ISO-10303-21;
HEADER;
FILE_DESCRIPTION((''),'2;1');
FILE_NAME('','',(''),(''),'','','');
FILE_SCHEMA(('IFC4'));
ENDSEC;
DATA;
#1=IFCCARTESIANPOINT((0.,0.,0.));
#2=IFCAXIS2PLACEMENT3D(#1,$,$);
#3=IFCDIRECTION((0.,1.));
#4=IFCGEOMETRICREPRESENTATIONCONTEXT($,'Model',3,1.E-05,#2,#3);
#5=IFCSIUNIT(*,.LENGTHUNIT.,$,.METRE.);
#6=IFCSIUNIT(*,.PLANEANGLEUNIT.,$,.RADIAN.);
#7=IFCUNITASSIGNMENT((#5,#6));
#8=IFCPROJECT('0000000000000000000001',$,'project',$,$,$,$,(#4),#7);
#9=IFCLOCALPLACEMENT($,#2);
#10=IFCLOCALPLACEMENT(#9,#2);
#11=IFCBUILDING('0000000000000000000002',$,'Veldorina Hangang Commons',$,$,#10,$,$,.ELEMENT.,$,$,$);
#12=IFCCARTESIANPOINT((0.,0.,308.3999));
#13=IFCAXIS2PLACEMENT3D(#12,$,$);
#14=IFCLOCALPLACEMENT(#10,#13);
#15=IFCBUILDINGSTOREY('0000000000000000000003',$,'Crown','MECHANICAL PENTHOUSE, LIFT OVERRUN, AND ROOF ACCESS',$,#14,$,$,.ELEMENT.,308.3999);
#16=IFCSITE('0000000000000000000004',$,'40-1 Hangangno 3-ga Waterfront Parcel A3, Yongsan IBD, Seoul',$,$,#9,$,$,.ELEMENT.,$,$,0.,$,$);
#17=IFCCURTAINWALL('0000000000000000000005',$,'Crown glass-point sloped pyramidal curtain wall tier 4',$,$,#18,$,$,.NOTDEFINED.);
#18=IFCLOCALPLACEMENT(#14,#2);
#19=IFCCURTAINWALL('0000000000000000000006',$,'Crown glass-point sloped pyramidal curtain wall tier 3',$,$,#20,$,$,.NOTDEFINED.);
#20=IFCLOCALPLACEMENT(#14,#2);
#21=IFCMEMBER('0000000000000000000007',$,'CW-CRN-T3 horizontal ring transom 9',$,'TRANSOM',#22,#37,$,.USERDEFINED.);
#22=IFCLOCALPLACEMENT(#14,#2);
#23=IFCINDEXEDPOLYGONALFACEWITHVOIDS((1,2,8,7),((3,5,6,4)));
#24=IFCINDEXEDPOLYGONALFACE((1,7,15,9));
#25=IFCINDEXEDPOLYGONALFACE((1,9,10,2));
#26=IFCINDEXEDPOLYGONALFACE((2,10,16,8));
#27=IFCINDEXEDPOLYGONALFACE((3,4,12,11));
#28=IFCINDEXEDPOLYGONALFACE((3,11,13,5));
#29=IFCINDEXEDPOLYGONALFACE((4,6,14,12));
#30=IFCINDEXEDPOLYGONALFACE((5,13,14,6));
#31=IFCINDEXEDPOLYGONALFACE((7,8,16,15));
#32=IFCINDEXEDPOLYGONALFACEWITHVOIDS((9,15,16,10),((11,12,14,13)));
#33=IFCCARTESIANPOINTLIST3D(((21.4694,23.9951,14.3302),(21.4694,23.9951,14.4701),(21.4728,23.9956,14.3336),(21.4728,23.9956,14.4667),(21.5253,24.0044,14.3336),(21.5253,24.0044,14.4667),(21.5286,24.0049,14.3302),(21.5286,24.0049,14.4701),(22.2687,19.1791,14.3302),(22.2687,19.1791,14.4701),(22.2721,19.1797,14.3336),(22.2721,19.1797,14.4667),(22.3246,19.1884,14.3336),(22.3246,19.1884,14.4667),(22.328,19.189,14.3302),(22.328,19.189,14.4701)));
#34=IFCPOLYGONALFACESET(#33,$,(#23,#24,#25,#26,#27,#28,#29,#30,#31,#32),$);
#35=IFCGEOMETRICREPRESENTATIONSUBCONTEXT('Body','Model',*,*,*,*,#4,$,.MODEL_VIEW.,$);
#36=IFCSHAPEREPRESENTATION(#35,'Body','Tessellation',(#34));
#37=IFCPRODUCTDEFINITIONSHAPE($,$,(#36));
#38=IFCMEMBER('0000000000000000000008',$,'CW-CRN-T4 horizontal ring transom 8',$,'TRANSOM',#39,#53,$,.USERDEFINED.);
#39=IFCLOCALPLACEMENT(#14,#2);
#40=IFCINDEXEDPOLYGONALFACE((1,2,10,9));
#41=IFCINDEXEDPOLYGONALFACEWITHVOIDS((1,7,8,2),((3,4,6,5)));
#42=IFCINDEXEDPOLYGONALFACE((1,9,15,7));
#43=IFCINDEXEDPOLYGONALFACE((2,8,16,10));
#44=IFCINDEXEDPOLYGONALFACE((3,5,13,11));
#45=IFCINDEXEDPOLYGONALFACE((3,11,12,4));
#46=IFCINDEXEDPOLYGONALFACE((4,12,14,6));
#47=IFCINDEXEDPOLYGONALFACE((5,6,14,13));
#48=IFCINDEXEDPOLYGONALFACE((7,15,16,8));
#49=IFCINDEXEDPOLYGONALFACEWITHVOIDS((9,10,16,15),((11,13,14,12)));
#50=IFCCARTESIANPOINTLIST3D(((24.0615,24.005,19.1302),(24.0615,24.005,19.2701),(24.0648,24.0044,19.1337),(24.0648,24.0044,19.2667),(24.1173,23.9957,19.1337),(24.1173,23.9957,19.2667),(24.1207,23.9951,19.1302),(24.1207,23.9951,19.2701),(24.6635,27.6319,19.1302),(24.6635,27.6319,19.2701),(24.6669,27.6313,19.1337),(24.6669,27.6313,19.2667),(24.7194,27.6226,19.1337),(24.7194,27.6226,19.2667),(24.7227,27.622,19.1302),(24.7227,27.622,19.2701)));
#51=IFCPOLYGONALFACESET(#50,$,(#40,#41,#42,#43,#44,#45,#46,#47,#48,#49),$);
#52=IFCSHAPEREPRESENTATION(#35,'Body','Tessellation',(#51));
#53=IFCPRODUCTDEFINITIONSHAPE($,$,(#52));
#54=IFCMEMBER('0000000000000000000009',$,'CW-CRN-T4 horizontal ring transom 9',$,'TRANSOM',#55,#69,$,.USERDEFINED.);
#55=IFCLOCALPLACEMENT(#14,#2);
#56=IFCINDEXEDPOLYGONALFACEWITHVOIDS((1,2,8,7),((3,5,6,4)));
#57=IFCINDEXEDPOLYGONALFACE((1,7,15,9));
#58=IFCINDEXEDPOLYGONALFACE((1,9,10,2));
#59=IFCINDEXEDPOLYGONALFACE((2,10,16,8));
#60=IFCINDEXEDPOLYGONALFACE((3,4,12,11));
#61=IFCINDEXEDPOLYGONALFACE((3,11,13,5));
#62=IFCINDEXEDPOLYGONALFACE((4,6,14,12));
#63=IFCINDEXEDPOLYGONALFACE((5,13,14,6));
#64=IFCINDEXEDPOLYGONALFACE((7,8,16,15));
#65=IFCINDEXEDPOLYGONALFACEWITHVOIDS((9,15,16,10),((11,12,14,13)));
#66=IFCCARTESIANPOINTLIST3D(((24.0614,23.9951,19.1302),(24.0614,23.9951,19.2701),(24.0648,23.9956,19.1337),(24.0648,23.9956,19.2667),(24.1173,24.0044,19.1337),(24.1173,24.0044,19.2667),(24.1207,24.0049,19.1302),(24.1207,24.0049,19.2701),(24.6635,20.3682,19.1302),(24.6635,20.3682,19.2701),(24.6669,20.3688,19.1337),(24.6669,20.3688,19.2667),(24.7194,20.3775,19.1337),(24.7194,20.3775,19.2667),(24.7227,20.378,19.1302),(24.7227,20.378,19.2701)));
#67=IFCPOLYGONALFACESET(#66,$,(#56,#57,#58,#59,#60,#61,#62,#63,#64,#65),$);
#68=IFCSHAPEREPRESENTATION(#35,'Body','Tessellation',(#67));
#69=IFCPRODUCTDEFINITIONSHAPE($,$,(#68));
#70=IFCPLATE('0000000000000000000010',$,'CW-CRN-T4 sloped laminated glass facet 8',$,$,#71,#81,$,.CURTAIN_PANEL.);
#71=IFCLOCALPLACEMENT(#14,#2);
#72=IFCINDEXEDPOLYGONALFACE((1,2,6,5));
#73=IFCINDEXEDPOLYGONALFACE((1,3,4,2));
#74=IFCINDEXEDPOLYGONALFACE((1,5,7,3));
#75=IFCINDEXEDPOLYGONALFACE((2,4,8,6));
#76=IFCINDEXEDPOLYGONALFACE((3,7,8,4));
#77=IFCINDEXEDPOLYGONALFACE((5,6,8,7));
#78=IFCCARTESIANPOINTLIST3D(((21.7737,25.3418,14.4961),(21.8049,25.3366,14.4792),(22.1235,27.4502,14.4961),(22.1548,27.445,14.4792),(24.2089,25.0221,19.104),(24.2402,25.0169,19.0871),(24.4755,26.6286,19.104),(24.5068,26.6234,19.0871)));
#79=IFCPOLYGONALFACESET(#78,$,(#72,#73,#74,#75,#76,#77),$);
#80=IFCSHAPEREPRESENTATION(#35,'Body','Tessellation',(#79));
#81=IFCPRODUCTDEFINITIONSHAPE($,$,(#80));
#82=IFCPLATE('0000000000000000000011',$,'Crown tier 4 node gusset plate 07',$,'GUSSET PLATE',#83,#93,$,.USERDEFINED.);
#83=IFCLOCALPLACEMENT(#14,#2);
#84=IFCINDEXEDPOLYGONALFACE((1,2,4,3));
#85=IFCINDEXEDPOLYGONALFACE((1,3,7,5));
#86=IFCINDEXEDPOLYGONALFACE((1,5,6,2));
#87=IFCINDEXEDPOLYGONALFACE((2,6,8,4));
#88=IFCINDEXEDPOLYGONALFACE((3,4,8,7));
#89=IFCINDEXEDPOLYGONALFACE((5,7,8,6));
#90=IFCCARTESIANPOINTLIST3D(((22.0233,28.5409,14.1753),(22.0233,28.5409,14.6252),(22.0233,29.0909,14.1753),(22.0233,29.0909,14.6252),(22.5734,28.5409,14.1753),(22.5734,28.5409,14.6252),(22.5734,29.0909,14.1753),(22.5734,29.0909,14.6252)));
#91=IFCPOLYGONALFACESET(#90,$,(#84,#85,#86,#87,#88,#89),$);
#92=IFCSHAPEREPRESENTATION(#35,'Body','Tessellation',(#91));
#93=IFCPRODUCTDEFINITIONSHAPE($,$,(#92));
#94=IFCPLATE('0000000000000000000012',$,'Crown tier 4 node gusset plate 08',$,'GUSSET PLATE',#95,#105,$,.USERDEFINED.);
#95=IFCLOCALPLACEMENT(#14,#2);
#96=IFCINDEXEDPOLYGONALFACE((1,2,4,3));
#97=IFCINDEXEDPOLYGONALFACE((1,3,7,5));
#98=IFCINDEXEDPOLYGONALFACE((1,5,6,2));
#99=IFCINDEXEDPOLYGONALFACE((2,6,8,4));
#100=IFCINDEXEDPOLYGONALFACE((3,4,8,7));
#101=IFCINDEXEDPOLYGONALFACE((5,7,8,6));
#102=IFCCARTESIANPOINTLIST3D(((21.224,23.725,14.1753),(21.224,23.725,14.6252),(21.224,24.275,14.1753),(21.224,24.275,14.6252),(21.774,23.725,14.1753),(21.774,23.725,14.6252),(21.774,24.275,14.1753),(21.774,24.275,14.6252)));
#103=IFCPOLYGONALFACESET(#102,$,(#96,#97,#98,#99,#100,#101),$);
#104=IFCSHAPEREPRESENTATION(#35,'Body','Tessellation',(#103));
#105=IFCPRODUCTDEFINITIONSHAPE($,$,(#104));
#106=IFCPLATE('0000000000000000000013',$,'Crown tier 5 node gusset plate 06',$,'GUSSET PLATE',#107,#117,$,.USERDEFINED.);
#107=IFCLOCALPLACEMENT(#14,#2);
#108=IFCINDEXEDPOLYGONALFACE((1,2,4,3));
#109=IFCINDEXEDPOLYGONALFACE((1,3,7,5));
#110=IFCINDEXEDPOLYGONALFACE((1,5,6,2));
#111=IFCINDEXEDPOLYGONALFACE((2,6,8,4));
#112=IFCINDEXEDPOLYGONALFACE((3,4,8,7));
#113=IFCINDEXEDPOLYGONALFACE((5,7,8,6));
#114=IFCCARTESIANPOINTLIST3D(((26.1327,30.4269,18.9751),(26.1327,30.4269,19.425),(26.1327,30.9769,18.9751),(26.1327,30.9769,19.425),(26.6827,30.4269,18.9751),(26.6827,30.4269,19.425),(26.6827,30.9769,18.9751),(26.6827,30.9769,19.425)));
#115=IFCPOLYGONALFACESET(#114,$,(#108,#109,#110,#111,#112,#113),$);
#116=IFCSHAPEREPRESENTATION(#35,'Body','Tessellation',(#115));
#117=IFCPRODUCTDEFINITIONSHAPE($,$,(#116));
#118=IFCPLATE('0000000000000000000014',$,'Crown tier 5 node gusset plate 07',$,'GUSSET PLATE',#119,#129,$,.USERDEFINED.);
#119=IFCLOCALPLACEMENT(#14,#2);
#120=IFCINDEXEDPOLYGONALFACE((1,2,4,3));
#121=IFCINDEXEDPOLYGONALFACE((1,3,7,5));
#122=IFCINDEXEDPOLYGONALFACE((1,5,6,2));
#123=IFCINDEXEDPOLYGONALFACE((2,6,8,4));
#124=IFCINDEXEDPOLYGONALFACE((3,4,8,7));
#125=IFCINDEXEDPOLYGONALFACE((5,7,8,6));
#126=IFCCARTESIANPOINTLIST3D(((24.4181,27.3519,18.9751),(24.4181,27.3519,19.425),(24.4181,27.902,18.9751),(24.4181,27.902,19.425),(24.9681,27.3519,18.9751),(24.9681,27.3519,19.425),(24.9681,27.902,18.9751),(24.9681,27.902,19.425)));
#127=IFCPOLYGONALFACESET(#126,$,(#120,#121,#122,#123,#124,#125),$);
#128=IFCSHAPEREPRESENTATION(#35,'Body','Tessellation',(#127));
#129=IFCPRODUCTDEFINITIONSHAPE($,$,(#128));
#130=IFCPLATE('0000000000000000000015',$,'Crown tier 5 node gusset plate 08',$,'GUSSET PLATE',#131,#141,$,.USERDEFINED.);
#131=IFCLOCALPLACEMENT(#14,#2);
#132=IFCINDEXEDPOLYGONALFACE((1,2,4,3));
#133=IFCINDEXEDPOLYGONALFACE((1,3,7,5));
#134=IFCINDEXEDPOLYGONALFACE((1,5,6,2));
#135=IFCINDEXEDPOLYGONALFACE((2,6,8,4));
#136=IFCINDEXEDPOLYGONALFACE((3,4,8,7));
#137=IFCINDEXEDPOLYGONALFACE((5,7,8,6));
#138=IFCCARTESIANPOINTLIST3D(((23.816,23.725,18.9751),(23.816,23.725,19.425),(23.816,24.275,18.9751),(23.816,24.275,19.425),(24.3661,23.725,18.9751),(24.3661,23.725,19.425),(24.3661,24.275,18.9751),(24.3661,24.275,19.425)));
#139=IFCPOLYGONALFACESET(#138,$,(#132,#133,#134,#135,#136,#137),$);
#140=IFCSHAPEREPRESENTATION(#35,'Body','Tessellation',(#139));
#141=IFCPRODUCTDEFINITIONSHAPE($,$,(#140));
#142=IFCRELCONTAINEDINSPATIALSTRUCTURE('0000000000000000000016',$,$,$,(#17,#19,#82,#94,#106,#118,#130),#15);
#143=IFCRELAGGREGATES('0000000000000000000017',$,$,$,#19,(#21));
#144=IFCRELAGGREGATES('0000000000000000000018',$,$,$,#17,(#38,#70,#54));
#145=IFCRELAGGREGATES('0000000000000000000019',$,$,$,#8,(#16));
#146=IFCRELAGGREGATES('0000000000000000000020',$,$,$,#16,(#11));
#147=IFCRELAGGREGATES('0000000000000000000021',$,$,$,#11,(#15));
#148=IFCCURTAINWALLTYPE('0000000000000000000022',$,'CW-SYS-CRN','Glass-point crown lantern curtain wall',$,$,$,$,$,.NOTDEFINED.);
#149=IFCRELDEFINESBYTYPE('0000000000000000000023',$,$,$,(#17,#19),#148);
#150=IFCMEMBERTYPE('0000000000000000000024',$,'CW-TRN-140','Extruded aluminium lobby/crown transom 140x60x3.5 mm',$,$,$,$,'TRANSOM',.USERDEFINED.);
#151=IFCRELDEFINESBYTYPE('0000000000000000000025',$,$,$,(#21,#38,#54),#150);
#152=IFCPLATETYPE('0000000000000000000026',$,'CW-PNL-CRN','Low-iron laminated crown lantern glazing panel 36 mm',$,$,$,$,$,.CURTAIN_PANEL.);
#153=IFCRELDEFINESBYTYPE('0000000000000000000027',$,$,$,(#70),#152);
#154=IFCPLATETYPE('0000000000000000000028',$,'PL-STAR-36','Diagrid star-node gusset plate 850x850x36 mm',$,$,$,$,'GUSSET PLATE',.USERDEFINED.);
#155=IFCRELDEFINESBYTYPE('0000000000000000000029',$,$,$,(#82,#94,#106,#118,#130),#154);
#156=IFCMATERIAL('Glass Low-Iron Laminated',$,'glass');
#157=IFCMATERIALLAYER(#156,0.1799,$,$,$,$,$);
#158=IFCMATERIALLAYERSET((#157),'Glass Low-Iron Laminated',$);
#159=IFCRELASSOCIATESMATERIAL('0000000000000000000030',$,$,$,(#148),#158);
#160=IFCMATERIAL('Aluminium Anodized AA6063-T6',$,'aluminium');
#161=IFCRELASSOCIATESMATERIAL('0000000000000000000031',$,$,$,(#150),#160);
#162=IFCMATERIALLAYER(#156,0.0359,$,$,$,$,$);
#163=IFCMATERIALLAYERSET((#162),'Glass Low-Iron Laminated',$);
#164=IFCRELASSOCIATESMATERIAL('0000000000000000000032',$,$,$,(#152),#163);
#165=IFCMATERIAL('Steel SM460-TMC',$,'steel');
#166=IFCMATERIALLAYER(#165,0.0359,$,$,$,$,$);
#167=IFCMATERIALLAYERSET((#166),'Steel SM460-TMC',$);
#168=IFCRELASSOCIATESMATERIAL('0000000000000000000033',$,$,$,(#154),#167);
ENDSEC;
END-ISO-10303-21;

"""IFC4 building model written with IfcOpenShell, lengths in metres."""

from ifc_helpers import new_model, si_unit, direction, frame, origin, origin_2d, place, context, subcontext, project, spatial, polyline, rectangle, hollow_rectangle, outline, extrude, material, layer, layer_set, material_profile, profile_set, type_object, element, aggregate, save


model = new_model("IFC4")

# Units and contexts
model_context = context("Model", 3, precision=1e-05, world=origin(), true_north=direction((0.0, 1.0)))
body_context = subcontext(model_context, "Body", "Model", "MODEL_VIEW")
ifc_project = project(units=[si_unit("LENGTHUNIT", "METRE"), si_unit("PLANEANGLEUNIT", "RADIAN")], contexts=[model_context])

# Site, building, storey
site_placement = place(None, origin())
site = spatial("IfcSite", under=ifc_project, at=site_placement, Name="40-1 Hangangno 3-ga Waterfront Parcel A3, Yongsan IBD, Seoul", CompositionType="ELEMENT", RefElevation=0.0)
building_placement = place(site_placement, origin())
building = spatial("IfcBuilding", under=site, at=building_placement, Name="Veldorina Hangang Commons", CompositionType="ELEMENT")
storey_placement = place(building_placement, frame((0.0, 0.0, 308.3999)))
storey = spatial("IfcBuildingStorey", under=building, at=storey_placement, Name="Crown", Description="MECHANICAL PENTHOUSE, LIFT OVERRUN, AND ROOF ACCESS", CompositionType="ELEMENT", Elevation=308.3999)

# Shared definitions
ifc_material_1 = material(Name="Steel SM460-TMC", Category="steel")

# Curtain wall
ifc_material_2 = material(Name="Glass Low-Iron Laminated", Category="glass")
ifc_layer_1 = layer(ifc_material_2, 0.1799)
ifc_layer_set_1 = layer_set([ifc_layer_1], Name="Glass Low-Iron Laminated")
curtain_wall_type = type_object("IfcCurtainWallType", Name="CW-SYS-CRN", Description="Glass-point crown lantern curtain wall", PredefinedType="NOTDEFINED", material=ifc_layer_set_1)
curtain_wall_1_placement = place(storey_placement, origin())
curtain_wall_1 = element("IfcCurtainWall", 1, at=curtain_wall_1_placement, inside=storey, type_object=curtain_wall_type, Name="Crown glass-point sloped pyramidal curtain wall tier 4", PredefinedType="NOTDEFINED")
ifc_material_3 = material(Name="Aluminium Anodized AA6063-T6", Category="aluminium")

# Curtain wall, member
curtain_wall_2_placement = place(storey_placement, origin())
curtain_wall_2 = element("IfcCurtainWall", 2, at=curtain_wall_2_placement, inside=storey, type_object=curtain_wall_type, Name="Crown glass-point sloped pyramidal curtain wall tier 3", PredefinedType="NOTDEFINED")
ifc_material_profile_1 = material_profile(ifc_material_3, hollow_rectangle(XDim=0.0601, YDim=0.1399, WallThickness=0.0034, at=origin_2d()), Name="ALU-RHS-140x60x3.5")
ifc_profile_set_1 = profile_set([ifc_material_profile_1], Name="Aluminium Anodized AA6063-T6")
member_type_1 = type_object("IfcMemberType", Name="CW-TRN-140", Description="Extruded aluminium lobby/crown transom 140x60x3.5 mm", ElementType="TRANSOM", PredefinedType="USERDEFINED", material=ifc_profile_set_1)
member_1_placement = place(storey_placement, frame((21.499, 24.0, 14.4001), z_axis=(0.163734, -0.986505, 0.0), x_axis=(0.986505, 0.163734, 0.0)))
member_1 = element("IfcMember", 3, at=member_1_placement, type_object=member_type_1, Name="CW-CRN-T3 horizontal ring transom 9", ObjectType="TRANSOM", PredefinedType="USERDEFINED", context=body_context, shape_type="SweptSolid", body=[
    extrude(hollow_rectangle(XDim=0.0601, YDim=0.1399, WallThickness=0.0034, at=origin_2d()), origin(), (0.0, 0.0, 1.0), 4.8818),
])
aggregate(curtain_wall_2, [member_1])

# Members
member_2_placement = place(storey_placement, frame((24.6931, 27.627, 19.2002), z_axis=(-0.163753, -0.986501, 0.0), x_axis=(0.986501, -0.163753, 0.0)))
member_2 = element("IfcMember", 4, at=member_2_placement, type_object=member_type_1, Name="CW-CRN-T4 horizontal ring transom 8", ObjectType="TRANSOM", PredefinedType="USERDEFINED", context=body_context, shape_type="SweptSolid", body=[
    extrude(hollow_rectangle(XDim=0.0601, YDim=0.1399, WallThickness=0.0034, at=origin_2d()), origin(), (0.0, 0.0, 1.0), 3.6765),
])
member_3_placement = place(storey_placement, frame((24.0911, 24.0, 19.2002), z_axis=(0.163753, -0.986501, 0.0), x_axis=(0.986501, 0.163753, 0.0)))
member_3 = element("IfcMember", 5, at=member_3_placement, type_object=member_type_1, Name="CW-CRN-T4 horizontal ring transom 9", ObjectType="TRANSOM", PredefinedType="USERDEFINED", context=body_context, shape_type="SweptSolid", body=[
    extrude(hollow_rectangle(XDim=0.0601, YDim=0.1399, WallThickness=0.0034, at=origin_2d()), origin(), (0.0, 0.0, 1.0), 3.6765),
])

# Plate
ifc_layer_2 = layer(ifc_material_2, 0.0359)
ifc_layer_set_2 = layer_set([ifc_layer_2], Name="Glass Low-Iron Laminated")
plate_type_1 = type_object("IfcPlateType", Name="CW-PNL-CRN", Description="Low-iron laminated crown lantern glazing panel 36 mm", PredefinedType="CURTAIN_PANEL", material=ifc_layer_set_2)
plate_placement = place(storey_placement, frame((22.1235, 27.4502, 14.4961), z_axis=(-0.870666, 0.144482, 0.470176), x_axis=(-0.163703, -0.98651, 0.000004)))
plate = element("IfcPlate", 6, at=plate_placement, type_object=plate_type_1, Name="CW-CRN-T4 sloped laminated glass facet 8", PredefinedType="CURTAIN_PANEL", context=body_context, shape_type="SweptSolid", body=[
    extrude(outline(polyline([(0.0, 0.0), (2.1372, 0.0), (2.054, 5.2209), (0.4255, 5.2209), (0.0, 0.0)])), origin(), (0.0, 0.0, -1.0), 0.0359),
])
aggregate(curtain_wall_1, [member_2, plate, member_3])

# Plates
ifc_layer_3 = layer(ifc_material_1, 0.0359)
ifc_layer_set_3 = layer_set([ifc_layer_3], Name="Steel SM460-TMC")
plate_type_2 = type_object("IfcPlateType", Name="PL-STAR-36", Description="Diagrid star-node gusset plate 850x850x36 mm", ElementType="GUSSET PLATE", PredefinedType="USERDEFINED", material=ifc_layer_set_3)
for number, where, z_axis, x_axis, name in (
    (7, (22.2983, 28.8159, 14.1753), (0.0, 0.0, 1.0), (1.0, 0.0, 0.0), "Crown tier 4 node gusset plate 07"),
    (8, (21.499, 24.0, 14.1753), (0.0, 0.0, 1.0), (1.0, 0.0, 0.0), "Crown tier 4 node gusset plate 08"),
    (9, (26.4077, 30.7019, 18.9751), (0.0, 0.0, 1.0), (1.0, 0.0, 0.0), "Crown tier 5 node gusset plate 06"),
    (10, (24.6931, 27.627, 18.9751), (0.0, 0.0, 1.0), (1.0, 0.0, 0.0), "Crown tier 5 node gusset plate 07"),
    (11, (24.0911, 24.0, 18.9751), (0.0, 0.0, 1.0), (1.0, 0.0, 0.0), "Crown tier 5 node gusset plate 08"),
):
    element("IfcPlate", number, at=place(storey_placement, frame(where, z_axis=z_axis, x_axis=x_axis)), inside=storey, type_object=plate_type_2, Name=name, ObjectType="GUSSET PLATE", PredefinedType="USERDEFINED", context=body_context, shape_type="SweptSolid", body=[
        extrude(rectangle(XDim=0.55, YDim=0.55, at=origin_2d()), origin(), (0.0, 0.0, 1.0), 0.45),
    ])

save(model, "model.ifc")
